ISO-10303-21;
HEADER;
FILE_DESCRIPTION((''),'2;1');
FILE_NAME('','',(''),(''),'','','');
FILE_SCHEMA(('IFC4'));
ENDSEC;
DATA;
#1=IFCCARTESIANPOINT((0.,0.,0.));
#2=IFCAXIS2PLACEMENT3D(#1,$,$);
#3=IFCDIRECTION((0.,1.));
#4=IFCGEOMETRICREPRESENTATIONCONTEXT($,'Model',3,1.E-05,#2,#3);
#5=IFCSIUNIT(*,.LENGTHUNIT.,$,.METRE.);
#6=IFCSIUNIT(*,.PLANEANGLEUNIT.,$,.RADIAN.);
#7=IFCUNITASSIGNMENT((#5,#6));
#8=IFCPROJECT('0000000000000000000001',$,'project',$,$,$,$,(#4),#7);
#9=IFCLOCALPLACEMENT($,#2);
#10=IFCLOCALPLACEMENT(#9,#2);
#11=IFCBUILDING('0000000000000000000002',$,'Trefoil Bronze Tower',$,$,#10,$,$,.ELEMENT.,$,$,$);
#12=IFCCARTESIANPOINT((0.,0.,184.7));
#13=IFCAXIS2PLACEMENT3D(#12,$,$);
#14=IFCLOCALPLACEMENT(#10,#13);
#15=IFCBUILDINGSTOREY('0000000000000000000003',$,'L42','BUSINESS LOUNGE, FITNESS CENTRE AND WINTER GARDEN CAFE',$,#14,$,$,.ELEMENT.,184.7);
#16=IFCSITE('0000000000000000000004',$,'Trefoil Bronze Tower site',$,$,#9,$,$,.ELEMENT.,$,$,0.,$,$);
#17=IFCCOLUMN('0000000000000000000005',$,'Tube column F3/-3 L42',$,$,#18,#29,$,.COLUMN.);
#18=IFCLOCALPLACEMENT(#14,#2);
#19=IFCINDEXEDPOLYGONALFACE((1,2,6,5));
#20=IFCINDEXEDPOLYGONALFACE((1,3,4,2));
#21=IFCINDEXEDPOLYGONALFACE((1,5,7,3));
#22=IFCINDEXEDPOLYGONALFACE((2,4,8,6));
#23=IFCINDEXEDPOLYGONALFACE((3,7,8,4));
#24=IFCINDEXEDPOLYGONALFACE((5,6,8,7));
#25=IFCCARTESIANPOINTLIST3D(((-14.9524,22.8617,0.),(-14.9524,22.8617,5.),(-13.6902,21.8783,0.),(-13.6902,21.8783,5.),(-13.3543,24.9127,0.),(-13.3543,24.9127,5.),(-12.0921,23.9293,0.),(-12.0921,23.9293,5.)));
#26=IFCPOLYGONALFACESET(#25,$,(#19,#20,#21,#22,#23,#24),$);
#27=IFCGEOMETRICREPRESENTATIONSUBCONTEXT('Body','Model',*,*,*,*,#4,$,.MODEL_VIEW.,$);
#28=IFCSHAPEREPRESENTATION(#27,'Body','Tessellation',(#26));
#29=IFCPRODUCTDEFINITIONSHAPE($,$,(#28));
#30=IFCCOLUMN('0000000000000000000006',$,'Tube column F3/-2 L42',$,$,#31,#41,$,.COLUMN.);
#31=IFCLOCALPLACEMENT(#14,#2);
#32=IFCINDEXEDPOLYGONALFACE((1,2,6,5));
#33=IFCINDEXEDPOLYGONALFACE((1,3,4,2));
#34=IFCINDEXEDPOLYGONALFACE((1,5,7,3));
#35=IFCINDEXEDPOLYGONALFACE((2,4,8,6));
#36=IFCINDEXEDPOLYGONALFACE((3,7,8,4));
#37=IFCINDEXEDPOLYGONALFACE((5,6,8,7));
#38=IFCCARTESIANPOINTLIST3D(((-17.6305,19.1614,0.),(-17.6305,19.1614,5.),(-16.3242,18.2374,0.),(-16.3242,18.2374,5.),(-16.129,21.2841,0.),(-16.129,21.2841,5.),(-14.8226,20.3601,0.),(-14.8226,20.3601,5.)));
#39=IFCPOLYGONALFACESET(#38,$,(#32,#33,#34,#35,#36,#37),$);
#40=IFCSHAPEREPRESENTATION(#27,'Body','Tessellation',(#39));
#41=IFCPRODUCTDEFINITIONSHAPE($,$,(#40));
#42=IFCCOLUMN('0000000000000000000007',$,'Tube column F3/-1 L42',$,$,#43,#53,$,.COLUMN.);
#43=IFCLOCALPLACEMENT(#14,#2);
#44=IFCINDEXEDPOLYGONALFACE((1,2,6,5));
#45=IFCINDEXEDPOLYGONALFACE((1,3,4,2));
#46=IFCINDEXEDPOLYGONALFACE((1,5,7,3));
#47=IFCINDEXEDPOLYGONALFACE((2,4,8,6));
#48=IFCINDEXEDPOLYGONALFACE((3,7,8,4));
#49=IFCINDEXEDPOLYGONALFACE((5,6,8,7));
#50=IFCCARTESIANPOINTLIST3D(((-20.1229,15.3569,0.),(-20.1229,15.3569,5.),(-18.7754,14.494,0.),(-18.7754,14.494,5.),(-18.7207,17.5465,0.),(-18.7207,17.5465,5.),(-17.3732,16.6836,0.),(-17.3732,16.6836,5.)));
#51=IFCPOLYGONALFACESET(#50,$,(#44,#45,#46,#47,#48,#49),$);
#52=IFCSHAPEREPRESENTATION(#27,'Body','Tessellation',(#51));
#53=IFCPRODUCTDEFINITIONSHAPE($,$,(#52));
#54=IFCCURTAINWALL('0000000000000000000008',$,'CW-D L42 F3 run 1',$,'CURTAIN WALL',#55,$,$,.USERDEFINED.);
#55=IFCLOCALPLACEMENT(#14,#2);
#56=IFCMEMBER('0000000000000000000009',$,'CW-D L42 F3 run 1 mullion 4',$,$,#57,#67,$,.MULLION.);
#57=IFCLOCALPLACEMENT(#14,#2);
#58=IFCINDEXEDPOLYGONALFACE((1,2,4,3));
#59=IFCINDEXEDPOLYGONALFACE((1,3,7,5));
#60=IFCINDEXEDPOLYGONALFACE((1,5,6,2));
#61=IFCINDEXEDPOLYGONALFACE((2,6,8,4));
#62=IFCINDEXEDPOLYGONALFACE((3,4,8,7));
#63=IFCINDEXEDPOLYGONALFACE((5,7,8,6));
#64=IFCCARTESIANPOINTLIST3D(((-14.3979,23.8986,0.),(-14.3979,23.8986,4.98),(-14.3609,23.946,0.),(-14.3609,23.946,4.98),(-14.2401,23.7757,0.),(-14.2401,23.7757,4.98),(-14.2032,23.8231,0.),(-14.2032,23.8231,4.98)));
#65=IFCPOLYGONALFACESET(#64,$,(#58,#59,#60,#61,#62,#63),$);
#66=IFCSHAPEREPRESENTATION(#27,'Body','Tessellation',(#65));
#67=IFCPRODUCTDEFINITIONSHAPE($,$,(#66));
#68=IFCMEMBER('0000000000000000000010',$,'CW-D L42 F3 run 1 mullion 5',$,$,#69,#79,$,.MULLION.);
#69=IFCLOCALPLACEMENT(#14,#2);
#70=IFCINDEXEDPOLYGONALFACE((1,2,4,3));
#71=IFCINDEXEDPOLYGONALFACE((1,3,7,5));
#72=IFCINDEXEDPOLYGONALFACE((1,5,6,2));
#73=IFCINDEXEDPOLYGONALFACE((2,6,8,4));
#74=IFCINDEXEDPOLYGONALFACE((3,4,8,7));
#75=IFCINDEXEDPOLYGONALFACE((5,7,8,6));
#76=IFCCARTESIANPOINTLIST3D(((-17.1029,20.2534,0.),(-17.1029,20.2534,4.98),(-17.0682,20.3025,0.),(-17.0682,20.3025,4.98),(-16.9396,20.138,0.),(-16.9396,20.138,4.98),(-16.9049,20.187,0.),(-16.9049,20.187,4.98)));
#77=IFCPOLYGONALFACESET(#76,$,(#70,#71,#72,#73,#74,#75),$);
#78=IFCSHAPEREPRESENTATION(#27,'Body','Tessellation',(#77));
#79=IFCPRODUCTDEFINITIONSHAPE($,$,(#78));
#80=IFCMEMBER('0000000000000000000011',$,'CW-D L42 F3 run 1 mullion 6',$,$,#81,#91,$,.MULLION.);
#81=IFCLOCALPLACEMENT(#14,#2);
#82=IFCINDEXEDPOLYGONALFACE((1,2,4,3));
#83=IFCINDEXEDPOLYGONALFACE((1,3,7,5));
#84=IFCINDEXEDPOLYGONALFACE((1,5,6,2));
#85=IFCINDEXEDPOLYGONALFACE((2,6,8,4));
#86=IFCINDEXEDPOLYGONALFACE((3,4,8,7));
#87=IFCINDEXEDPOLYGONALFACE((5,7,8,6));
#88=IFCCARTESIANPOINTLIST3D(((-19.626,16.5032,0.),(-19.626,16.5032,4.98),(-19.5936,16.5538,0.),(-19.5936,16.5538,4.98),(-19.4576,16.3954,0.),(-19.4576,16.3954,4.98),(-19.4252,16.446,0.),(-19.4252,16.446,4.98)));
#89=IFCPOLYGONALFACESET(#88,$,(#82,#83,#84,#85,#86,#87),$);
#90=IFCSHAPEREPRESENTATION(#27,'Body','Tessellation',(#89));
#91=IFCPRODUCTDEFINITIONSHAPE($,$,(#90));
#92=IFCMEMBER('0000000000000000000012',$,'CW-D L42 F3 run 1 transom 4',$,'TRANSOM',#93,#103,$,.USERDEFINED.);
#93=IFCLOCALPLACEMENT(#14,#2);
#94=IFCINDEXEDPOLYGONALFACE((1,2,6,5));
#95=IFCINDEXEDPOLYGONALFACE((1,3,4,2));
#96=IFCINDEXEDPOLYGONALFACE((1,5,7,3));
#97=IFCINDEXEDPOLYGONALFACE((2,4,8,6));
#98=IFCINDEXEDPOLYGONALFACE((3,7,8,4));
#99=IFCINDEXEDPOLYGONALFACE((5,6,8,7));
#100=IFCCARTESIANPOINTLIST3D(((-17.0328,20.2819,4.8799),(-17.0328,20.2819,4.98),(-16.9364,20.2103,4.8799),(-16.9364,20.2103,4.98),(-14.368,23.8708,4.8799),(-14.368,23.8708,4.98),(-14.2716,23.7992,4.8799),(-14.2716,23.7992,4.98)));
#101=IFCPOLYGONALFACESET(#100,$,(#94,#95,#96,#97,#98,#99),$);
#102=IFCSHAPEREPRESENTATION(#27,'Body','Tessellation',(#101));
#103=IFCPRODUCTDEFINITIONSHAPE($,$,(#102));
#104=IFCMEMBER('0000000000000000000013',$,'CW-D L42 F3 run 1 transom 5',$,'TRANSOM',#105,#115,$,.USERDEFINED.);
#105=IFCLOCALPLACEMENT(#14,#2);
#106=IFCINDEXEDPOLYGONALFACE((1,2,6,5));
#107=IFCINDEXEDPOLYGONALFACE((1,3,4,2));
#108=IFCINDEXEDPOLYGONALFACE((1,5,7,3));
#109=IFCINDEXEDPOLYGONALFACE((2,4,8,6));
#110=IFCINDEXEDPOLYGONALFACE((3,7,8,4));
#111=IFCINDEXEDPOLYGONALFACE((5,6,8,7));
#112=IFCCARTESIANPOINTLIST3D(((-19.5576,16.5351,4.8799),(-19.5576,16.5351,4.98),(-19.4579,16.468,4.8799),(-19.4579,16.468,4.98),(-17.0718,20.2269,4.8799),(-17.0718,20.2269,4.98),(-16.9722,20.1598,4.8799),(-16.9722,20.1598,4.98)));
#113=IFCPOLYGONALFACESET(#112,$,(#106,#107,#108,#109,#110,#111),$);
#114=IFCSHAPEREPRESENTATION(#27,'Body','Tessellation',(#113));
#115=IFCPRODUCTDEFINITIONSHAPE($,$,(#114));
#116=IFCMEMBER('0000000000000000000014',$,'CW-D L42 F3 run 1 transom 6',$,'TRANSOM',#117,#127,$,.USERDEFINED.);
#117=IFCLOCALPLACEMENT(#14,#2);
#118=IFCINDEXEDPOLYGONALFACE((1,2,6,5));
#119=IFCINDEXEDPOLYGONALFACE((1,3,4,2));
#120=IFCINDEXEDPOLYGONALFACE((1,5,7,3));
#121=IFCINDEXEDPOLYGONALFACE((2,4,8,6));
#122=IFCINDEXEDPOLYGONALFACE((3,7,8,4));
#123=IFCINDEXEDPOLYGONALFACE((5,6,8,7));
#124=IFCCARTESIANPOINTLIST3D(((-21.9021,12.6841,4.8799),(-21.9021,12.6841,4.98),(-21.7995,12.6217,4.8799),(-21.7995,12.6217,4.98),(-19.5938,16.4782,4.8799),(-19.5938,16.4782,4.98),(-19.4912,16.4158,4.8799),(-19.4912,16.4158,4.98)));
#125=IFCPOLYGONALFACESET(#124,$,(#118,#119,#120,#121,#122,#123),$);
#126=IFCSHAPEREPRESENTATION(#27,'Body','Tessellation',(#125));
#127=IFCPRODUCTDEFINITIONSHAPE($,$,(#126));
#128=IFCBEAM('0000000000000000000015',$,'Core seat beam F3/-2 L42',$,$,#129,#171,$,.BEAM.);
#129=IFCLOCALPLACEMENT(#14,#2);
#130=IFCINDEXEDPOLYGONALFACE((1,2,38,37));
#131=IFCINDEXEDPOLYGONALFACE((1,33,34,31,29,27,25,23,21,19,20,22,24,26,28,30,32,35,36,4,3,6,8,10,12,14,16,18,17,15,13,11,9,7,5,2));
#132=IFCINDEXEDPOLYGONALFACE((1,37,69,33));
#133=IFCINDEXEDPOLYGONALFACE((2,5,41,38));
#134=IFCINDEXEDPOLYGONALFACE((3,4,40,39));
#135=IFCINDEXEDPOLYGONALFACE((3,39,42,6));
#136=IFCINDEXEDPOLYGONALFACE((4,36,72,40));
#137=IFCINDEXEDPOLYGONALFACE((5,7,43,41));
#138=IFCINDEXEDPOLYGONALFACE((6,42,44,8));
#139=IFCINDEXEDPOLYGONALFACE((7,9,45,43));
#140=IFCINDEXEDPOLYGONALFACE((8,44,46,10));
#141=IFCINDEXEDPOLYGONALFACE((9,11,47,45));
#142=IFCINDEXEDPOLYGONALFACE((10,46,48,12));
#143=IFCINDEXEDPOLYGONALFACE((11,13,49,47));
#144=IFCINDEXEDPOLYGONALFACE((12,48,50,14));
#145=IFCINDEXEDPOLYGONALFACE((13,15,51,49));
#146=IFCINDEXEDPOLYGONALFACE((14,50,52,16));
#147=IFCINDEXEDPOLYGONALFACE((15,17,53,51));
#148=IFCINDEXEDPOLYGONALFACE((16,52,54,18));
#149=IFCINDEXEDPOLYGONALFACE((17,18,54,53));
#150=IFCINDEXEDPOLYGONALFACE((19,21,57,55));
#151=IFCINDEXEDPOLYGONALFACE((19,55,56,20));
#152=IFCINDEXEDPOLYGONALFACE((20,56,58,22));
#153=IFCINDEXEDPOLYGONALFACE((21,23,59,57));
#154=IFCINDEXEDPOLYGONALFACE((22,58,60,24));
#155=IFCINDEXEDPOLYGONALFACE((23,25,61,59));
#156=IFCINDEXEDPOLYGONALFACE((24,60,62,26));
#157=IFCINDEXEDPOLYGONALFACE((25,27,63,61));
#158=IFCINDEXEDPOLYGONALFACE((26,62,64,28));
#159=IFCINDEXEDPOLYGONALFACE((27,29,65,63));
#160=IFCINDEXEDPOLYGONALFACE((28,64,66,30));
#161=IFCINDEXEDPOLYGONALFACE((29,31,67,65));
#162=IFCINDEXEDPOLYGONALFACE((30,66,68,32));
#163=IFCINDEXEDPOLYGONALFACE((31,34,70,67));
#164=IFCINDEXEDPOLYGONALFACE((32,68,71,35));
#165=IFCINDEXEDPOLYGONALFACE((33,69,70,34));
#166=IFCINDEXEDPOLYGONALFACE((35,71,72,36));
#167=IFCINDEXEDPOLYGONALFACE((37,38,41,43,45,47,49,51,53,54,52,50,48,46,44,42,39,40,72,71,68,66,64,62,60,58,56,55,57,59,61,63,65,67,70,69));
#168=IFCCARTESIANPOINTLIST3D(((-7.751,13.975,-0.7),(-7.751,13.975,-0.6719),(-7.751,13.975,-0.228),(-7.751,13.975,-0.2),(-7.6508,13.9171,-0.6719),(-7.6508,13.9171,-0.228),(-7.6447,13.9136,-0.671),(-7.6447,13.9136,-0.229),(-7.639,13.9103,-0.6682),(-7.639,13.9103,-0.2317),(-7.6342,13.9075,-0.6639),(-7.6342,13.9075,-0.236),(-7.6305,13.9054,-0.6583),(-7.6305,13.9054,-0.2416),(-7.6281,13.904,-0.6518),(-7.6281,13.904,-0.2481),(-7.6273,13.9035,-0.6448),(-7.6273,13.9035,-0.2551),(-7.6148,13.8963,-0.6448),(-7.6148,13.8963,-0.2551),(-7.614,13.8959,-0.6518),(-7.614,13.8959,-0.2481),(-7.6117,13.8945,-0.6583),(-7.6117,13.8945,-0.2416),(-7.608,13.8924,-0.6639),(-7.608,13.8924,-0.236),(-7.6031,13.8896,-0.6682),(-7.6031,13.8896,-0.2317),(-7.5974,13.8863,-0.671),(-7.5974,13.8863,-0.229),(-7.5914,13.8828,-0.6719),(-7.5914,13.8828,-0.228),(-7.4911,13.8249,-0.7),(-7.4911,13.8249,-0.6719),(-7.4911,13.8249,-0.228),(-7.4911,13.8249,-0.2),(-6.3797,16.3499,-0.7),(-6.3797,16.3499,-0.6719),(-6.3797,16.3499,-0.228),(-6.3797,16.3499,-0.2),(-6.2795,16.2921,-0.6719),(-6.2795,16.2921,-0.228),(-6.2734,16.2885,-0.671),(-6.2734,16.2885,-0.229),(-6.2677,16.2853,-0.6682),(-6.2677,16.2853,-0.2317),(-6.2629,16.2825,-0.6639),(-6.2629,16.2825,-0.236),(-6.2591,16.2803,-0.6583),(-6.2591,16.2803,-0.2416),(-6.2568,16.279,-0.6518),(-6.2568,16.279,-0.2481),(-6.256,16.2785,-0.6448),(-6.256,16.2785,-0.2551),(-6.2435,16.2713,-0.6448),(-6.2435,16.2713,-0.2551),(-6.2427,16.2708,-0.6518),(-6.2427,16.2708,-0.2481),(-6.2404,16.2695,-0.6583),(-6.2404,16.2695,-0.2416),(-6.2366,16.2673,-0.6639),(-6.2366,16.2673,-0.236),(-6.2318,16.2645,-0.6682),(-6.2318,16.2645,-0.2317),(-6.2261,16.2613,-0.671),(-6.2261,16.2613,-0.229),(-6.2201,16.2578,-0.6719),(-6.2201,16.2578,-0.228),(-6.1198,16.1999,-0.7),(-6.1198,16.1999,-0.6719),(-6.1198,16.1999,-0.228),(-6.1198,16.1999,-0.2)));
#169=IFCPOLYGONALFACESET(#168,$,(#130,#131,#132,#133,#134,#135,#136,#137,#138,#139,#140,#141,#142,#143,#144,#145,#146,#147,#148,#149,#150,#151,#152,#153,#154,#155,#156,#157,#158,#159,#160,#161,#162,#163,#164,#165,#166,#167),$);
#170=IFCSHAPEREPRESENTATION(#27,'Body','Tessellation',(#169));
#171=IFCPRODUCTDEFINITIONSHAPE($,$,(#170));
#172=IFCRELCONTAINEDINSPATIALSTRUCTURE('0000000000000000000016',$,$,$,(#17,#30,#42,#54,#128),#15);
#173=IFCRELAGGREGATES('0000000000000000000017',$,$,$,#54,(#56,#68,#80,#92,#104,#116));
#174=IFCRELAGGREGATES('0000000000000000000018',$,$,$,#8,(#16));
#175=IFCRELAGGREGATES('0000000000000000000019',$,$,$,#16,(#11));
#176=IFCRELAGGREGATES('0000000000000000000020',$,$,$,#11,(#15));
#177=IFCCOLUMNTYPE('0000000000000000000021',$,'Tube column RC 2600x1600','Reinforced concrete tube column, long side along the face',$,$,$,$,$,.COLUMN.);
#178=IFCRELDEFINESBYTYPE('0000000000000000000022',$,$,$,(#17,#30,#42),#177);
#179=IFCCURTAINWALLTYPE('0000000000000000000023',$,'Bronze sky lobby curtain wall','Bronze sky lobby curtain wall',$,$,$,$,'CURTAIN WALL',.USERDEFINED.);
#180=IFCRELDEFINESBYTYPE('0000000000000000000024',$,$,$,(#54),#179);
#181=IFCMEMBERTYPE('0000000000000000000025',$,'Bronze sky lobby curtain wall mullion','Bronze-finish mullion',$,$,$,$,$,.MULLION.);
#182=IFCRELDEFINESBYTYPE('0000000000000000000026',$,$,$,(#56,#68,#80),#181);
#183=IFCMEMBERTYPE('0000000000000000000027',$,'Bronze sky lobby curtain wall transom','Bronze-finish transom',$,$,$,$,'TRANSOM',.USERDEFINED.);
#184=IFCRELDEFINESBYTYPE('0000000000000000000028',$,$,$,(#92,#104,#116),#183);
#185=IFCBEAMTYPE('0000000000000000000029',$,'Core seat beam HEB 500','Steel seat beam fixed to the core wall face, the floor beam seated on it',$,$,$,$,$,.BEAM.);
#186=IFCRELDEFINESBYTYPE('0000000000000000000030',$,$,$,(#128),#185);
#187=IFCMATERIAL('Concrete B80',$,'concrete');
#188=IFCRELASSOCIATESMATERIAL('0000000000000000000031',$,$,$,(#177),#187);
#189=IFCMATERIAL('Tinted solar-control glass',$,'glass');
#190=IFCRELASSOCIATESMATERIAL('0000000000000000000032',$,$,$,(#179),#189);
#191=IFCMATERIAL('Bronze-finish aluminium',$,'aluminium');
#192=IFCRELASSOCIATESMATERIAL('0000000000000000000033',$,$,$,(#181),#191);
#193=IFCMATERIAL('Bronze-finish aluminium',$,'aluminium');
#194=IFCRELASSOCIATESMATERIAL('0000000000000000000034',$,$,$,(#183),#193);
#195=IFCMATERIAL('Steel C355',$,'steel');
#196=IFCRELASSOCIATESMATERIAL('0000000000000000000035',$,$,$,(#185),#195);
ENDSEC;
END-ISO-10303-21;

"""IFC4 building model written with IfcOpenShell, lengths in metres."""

from ifc_helpers import new_model, si_unit, direction, frame, origin, origin_2d, place, context, subcontext, project, spatial, rectangle, i_section, extrude, material, material_profile, profile_set, type_object, element, aggregate, save


model = new_model("IFC4")

# Units and contexts
model_context = context("Model", 3, precision=1e-05, world=origin(), true_north=direction((0.0, 1.0)))
body_context = subcontext(model_context, "Body", "Model", "MODEL_VIEW")
ifc_project = project(units=[si_unit("LENGTHUNIT", "METRE"), si_unit("PLANEANGLEUNIT", "RADIAN")], contexts=[model_context])

# Site, building, storey
site_placement = place(None, origin())
site = spatial("IfcSite", under=ifc_project, at=site_placement, Name="Trefoil Bronze Tower site", CompositionType="ELEMENT", RefElevation=0.0)
building_placement = place(site_placement, origin())
building = spatial("IfcBuilding", under=site, at=building_placement, Name="Trefoil Bronze Tower", CompositionType="ELEMENT")
storey_placement = place(building_placement, frame((0.0, 0.0, 184.7)))
storey = spatial("IfcBuildingStorey", under=building, at=storey_placement, Name="L42", Description="BUSINESS LOUNGE, FITNESS CENTRE AND WINTER GARDEN CAFE", CompositionType="ELEMENT", Elevation=184.7)

# Columns
ifc_material_1 = material(Name="Concrete B80", Category="concrete")
ifc_material_profile_1 = material_profile(ifc_material_1, rectangle(XDim=2.6001, YDim=1.6001, at=origin_2d()), Name="RC 2600x1600")
ifc_profile_set_1 = profile_set([ifc_material_profile_1], Name="Concrete B80")
column_type = type_object("IfcColumnType", Name="Tube column RC 2600x1600", Description="Reinforced concrete tube column, long side along the face", PredefinedType="COLUMN", material=ifc_profile_set_1)
for number, where, z_axis, x_axis, name in (
    (1, (-13.5222, 23.3955, 0.0), (0.0, 0.0, 1.0), (-0.614622, -0.788821, 0.0), "Tube column F3/-3 L42"),
    (2, (-16.2266, 19.7607, 0.0), (0.0, 0.0, 1.0), (-0.577481, -0.816404, 0.0), "Tube column F3/-2 L42"),
    (3, (-18.748, 16.0203, 0.0), (0.0, 0.0, 1.0), (-0.53927, -0.842133, 0.0), "Tube column F3/-1 L42"),
):
    element("IfcColumn", number, at=place(storey_placement, frame(where, z_axis=z_axis, x_axis=x_axis)), inside=storey, type_object=column_type, Name=name, PredefinedType="COLUMN", context=body_context, shape_type="SweptSolid", body=[
        extrude(rectangle(XDim=2.6001, YDim=1.6001, at=origin_2d()), origin(), (0.0, 0.0, 1.0), 5.0),
    ])

# Curtain wall, members
ifc_material_2 = material(Name="Tinted solar-control glass", Category="glass")
curtain_wall_type = type_object("IfcCurtainWallType", Name="Bronze sky lobby curtain wall", Description="Bronze sky lobby curtain wall", ElementType="CURTAIN WALL", PredefinedType="USERDEFINED", material=ifc_material_2)
curtain_wall_placement = place(storey_placement, origin())
curtain_wall = element("IfcCurtainWall", 4, at=curtain_wall_placement, inside=storey, type_object=curtain_wall_type, Name="CW-D L42 F3 run 1", ObjectType="CURTAIN WALL", PredefinedType="USERDEFINED")
ifc_material_3 = material(Name="Bronze-finish aluminium", Category="aluminium")
ifc_material_profile_2 = material_profile(ifc_material_3, rectangle(XDim=0.2, YDim=0.0601, at=origin_2d()), Name="CW-D mullion")
ifc_profile_set_2 = profile_set([ifc_material_profile_2], Name="Bronze-finish aluminium")
member_type_1 = type_object("IfcMemberType", Name="Bronze sky lobby curtain wall mullion", Description="Bronze-finish mullion", PredefinedType="MULLION", material=ifc_profile_set_2)
member_1_placement = place(storey_placement, frame((-14.3005, 23.8608, 0.0), z_axis=(0.0, 0.0, 1.0), x_axis=(0.788821, -0.614622, 0.0)))
member_1 = element("IfcMember", 5, at=member_1_placement, type_object=member_type_1, Name="CW-D L42 F3 run 1 mullion 4", PredefinedType="MULLION", context=body_context, shape_type="SweptSolid", body=[
    extrude(rectangle(XDim=0.2, YDim=0.0601, at=origin_2d()), origin(), (0.0, 0.0, 1.0), 4.98),
])
member_2_placement = place(storey_placement, frame((-17.0039, 20.2202, 0.0), z_axis=(0.0, 0.0, 1.0), x_axis=(0.816404, -0.577481, 0.0)))
member_2 = element("IfcMember", 6, at=member_2_placement, type_object=member_type_1, Name="CW-D L42 F3 run 1 mullion 5", PredefinedType="MULLION", context=body_context, shape_type="SweptSolid", body=[
    extrude(rectangle(XDim=0.2, YDim=0.0601, at=origin_2d()), origin(), (0.0, 0.0, 1.0), 4.98),
])
member_3_placement = place(storey_placement, frame((-19.5256, 16.4746, 0.0), z_axis=(0.0, 0.0, 1.0), x_axis=(0.842133, -0.53927, 0.0)))
member_3 = element("IfcMember", 7, at=member_3_placement, type_object=member_type_1, Name="CW-D L42 F3 run 1 mullion 6", PredefinedType="MULLION", context=body_context, shape_type="SweptSolid", body=[
    extrude(rectangle(XDim=0.2, YDim=0.0601, at=origin_2d()), origin(), (0.0, 0.0, 1.0), 4.98),
])
ifc_material_4 = material(Name="Bronze-finish aluminium", Category="aluminium")
ifc_material_profile_3 = material_profile(ifc_material_4, rectangle(XDim=0.1201, YDim=0.1001, at=origin_2d()), Name="CW-D transom")
ifc_profile_set_3 = profile_set([ifc_material_profile_3], Name="Bronze-finish aluminium")
member_type_2 = type_object("IfcMemberType", Name="Bronze sky lobby curtain wall transom", Description="Bronze-finish transom", ElementType="TRANSOM", PredefinedType="USERDEFINED", material=ifc_profile_set_3)
member_4_placement = place(storey_placement, frame((-14.3198, 23.835, 4.9299), z_axis=(-0.596148, -0.802875, 0.0), x_axis=(0.802875, -0.596148, 0.0)))
member_4 = element("IfcMember", 8, at=member_4_placement, type_object=member_type_2, Name="CW-D L42 F3 run 1 transom 4", ObjectType="TRANSOM", PredefinedType="USERDEFINED", context=body_context, shape_type="SweptSolid", body=[
    extrude(rectangle(XDim=0.1201, YDim=0.1001, at=origin_2d()), origin(), (0.0, 0.0, 1.0), 4.47),
])
member_5_placement = place(storey_placement, frame((-17.022, 20.1934, 4.9299), z_axis=(-0.558517, -0.829493, 0.0), x_axis=(0.829493, -0.558517, 0.0)))
member_5 = element("IfcMember", 9, at=member_5_placement, type_object=member_type_2, Name="CW-D L42 F3 run 1 transom 5", ObjectType="TRANSOM", PredefinedType="USERDEFINED", context=body_context, shape_type="SweptSolid", body=[
    extrude(rectangle(XDim=0.1201, YDim=0.1001, at=origin_2d()), origin(), (0.0, 0.0, 1.0), 4.4507),
])
member_6_placement = place(storey_placement, frame((-19.5425, 16.447, 4.9299), z_axis=(-0.519757, -0.854314, 0.0), x_axis=(0.854314, -0.519757, 0.0)))
member_6 = element("IfcMember", 10, at=member_6_placement, type_object=member_type_2, Name="CW-D L42 F3 run 1 transom 6", ObjectType="TRANSOM", PredefinedType="USERDEFINED", context=body_context, shape_type="SweptSolid", body=[
    extrude(rectangle(XDim=0.1201, YDim=0.1001, at=origin_2d()), origin(), (0.0, 0.0, 1.0), 4.4412),
])

# Beam
ifc_material_5 = material(Name="Steel C355", Category="steel")
ifc_material_profile_4 = material_profile(ifc_material_5, i_section(OverallWidth=0.3, OverallDepth=0.5, WebThickness=0.0144, FlangeThickness=0.0281, FilletRadius=0.0271, at=origin_2d()), Name="HEB 500")
ifc_profile_set_4 = profile_set([ifc_material_profile_4], Name="Steel C355")
beam_type_1 = type_object("IfcBeamType", Name="Core seat beam HEB 500", Description="Steel seat beam fixed to the core wall face, the floor beam seated on it", PredefinedType="BEAM", material=ifc_profile_set_4)
beam_1_placement = place(storey_placement, frame((-6.2498, 16.2749, -0.45), z_axis=(-0.500036, -0.866005, 0.0), x_axis=(0.866005, -0.500036, 0.0)))
element("IfcBeam", 11, at=beam_1_placement, inside=storey, type_object=beam_type_1, Name="Core seat beam F3/-2 L42", PredefinedType="BEAM", context=body_context, shape_type="SweptSolid", body=[
    extrude(i_section(OverallWidth=0.3, OverallDepth=0.5, WebThickness=0.0144, FlangeThickness=0.0281, FilletRadius=0.0271, at=origin_2d()), origin(), (0.0, 0.0, 1.0), 2.7424),
])

aggregate(curtain_wall, [member_1, member_2, member_3, member_4, member_5, member_6])

save(model, "model.ifc")
